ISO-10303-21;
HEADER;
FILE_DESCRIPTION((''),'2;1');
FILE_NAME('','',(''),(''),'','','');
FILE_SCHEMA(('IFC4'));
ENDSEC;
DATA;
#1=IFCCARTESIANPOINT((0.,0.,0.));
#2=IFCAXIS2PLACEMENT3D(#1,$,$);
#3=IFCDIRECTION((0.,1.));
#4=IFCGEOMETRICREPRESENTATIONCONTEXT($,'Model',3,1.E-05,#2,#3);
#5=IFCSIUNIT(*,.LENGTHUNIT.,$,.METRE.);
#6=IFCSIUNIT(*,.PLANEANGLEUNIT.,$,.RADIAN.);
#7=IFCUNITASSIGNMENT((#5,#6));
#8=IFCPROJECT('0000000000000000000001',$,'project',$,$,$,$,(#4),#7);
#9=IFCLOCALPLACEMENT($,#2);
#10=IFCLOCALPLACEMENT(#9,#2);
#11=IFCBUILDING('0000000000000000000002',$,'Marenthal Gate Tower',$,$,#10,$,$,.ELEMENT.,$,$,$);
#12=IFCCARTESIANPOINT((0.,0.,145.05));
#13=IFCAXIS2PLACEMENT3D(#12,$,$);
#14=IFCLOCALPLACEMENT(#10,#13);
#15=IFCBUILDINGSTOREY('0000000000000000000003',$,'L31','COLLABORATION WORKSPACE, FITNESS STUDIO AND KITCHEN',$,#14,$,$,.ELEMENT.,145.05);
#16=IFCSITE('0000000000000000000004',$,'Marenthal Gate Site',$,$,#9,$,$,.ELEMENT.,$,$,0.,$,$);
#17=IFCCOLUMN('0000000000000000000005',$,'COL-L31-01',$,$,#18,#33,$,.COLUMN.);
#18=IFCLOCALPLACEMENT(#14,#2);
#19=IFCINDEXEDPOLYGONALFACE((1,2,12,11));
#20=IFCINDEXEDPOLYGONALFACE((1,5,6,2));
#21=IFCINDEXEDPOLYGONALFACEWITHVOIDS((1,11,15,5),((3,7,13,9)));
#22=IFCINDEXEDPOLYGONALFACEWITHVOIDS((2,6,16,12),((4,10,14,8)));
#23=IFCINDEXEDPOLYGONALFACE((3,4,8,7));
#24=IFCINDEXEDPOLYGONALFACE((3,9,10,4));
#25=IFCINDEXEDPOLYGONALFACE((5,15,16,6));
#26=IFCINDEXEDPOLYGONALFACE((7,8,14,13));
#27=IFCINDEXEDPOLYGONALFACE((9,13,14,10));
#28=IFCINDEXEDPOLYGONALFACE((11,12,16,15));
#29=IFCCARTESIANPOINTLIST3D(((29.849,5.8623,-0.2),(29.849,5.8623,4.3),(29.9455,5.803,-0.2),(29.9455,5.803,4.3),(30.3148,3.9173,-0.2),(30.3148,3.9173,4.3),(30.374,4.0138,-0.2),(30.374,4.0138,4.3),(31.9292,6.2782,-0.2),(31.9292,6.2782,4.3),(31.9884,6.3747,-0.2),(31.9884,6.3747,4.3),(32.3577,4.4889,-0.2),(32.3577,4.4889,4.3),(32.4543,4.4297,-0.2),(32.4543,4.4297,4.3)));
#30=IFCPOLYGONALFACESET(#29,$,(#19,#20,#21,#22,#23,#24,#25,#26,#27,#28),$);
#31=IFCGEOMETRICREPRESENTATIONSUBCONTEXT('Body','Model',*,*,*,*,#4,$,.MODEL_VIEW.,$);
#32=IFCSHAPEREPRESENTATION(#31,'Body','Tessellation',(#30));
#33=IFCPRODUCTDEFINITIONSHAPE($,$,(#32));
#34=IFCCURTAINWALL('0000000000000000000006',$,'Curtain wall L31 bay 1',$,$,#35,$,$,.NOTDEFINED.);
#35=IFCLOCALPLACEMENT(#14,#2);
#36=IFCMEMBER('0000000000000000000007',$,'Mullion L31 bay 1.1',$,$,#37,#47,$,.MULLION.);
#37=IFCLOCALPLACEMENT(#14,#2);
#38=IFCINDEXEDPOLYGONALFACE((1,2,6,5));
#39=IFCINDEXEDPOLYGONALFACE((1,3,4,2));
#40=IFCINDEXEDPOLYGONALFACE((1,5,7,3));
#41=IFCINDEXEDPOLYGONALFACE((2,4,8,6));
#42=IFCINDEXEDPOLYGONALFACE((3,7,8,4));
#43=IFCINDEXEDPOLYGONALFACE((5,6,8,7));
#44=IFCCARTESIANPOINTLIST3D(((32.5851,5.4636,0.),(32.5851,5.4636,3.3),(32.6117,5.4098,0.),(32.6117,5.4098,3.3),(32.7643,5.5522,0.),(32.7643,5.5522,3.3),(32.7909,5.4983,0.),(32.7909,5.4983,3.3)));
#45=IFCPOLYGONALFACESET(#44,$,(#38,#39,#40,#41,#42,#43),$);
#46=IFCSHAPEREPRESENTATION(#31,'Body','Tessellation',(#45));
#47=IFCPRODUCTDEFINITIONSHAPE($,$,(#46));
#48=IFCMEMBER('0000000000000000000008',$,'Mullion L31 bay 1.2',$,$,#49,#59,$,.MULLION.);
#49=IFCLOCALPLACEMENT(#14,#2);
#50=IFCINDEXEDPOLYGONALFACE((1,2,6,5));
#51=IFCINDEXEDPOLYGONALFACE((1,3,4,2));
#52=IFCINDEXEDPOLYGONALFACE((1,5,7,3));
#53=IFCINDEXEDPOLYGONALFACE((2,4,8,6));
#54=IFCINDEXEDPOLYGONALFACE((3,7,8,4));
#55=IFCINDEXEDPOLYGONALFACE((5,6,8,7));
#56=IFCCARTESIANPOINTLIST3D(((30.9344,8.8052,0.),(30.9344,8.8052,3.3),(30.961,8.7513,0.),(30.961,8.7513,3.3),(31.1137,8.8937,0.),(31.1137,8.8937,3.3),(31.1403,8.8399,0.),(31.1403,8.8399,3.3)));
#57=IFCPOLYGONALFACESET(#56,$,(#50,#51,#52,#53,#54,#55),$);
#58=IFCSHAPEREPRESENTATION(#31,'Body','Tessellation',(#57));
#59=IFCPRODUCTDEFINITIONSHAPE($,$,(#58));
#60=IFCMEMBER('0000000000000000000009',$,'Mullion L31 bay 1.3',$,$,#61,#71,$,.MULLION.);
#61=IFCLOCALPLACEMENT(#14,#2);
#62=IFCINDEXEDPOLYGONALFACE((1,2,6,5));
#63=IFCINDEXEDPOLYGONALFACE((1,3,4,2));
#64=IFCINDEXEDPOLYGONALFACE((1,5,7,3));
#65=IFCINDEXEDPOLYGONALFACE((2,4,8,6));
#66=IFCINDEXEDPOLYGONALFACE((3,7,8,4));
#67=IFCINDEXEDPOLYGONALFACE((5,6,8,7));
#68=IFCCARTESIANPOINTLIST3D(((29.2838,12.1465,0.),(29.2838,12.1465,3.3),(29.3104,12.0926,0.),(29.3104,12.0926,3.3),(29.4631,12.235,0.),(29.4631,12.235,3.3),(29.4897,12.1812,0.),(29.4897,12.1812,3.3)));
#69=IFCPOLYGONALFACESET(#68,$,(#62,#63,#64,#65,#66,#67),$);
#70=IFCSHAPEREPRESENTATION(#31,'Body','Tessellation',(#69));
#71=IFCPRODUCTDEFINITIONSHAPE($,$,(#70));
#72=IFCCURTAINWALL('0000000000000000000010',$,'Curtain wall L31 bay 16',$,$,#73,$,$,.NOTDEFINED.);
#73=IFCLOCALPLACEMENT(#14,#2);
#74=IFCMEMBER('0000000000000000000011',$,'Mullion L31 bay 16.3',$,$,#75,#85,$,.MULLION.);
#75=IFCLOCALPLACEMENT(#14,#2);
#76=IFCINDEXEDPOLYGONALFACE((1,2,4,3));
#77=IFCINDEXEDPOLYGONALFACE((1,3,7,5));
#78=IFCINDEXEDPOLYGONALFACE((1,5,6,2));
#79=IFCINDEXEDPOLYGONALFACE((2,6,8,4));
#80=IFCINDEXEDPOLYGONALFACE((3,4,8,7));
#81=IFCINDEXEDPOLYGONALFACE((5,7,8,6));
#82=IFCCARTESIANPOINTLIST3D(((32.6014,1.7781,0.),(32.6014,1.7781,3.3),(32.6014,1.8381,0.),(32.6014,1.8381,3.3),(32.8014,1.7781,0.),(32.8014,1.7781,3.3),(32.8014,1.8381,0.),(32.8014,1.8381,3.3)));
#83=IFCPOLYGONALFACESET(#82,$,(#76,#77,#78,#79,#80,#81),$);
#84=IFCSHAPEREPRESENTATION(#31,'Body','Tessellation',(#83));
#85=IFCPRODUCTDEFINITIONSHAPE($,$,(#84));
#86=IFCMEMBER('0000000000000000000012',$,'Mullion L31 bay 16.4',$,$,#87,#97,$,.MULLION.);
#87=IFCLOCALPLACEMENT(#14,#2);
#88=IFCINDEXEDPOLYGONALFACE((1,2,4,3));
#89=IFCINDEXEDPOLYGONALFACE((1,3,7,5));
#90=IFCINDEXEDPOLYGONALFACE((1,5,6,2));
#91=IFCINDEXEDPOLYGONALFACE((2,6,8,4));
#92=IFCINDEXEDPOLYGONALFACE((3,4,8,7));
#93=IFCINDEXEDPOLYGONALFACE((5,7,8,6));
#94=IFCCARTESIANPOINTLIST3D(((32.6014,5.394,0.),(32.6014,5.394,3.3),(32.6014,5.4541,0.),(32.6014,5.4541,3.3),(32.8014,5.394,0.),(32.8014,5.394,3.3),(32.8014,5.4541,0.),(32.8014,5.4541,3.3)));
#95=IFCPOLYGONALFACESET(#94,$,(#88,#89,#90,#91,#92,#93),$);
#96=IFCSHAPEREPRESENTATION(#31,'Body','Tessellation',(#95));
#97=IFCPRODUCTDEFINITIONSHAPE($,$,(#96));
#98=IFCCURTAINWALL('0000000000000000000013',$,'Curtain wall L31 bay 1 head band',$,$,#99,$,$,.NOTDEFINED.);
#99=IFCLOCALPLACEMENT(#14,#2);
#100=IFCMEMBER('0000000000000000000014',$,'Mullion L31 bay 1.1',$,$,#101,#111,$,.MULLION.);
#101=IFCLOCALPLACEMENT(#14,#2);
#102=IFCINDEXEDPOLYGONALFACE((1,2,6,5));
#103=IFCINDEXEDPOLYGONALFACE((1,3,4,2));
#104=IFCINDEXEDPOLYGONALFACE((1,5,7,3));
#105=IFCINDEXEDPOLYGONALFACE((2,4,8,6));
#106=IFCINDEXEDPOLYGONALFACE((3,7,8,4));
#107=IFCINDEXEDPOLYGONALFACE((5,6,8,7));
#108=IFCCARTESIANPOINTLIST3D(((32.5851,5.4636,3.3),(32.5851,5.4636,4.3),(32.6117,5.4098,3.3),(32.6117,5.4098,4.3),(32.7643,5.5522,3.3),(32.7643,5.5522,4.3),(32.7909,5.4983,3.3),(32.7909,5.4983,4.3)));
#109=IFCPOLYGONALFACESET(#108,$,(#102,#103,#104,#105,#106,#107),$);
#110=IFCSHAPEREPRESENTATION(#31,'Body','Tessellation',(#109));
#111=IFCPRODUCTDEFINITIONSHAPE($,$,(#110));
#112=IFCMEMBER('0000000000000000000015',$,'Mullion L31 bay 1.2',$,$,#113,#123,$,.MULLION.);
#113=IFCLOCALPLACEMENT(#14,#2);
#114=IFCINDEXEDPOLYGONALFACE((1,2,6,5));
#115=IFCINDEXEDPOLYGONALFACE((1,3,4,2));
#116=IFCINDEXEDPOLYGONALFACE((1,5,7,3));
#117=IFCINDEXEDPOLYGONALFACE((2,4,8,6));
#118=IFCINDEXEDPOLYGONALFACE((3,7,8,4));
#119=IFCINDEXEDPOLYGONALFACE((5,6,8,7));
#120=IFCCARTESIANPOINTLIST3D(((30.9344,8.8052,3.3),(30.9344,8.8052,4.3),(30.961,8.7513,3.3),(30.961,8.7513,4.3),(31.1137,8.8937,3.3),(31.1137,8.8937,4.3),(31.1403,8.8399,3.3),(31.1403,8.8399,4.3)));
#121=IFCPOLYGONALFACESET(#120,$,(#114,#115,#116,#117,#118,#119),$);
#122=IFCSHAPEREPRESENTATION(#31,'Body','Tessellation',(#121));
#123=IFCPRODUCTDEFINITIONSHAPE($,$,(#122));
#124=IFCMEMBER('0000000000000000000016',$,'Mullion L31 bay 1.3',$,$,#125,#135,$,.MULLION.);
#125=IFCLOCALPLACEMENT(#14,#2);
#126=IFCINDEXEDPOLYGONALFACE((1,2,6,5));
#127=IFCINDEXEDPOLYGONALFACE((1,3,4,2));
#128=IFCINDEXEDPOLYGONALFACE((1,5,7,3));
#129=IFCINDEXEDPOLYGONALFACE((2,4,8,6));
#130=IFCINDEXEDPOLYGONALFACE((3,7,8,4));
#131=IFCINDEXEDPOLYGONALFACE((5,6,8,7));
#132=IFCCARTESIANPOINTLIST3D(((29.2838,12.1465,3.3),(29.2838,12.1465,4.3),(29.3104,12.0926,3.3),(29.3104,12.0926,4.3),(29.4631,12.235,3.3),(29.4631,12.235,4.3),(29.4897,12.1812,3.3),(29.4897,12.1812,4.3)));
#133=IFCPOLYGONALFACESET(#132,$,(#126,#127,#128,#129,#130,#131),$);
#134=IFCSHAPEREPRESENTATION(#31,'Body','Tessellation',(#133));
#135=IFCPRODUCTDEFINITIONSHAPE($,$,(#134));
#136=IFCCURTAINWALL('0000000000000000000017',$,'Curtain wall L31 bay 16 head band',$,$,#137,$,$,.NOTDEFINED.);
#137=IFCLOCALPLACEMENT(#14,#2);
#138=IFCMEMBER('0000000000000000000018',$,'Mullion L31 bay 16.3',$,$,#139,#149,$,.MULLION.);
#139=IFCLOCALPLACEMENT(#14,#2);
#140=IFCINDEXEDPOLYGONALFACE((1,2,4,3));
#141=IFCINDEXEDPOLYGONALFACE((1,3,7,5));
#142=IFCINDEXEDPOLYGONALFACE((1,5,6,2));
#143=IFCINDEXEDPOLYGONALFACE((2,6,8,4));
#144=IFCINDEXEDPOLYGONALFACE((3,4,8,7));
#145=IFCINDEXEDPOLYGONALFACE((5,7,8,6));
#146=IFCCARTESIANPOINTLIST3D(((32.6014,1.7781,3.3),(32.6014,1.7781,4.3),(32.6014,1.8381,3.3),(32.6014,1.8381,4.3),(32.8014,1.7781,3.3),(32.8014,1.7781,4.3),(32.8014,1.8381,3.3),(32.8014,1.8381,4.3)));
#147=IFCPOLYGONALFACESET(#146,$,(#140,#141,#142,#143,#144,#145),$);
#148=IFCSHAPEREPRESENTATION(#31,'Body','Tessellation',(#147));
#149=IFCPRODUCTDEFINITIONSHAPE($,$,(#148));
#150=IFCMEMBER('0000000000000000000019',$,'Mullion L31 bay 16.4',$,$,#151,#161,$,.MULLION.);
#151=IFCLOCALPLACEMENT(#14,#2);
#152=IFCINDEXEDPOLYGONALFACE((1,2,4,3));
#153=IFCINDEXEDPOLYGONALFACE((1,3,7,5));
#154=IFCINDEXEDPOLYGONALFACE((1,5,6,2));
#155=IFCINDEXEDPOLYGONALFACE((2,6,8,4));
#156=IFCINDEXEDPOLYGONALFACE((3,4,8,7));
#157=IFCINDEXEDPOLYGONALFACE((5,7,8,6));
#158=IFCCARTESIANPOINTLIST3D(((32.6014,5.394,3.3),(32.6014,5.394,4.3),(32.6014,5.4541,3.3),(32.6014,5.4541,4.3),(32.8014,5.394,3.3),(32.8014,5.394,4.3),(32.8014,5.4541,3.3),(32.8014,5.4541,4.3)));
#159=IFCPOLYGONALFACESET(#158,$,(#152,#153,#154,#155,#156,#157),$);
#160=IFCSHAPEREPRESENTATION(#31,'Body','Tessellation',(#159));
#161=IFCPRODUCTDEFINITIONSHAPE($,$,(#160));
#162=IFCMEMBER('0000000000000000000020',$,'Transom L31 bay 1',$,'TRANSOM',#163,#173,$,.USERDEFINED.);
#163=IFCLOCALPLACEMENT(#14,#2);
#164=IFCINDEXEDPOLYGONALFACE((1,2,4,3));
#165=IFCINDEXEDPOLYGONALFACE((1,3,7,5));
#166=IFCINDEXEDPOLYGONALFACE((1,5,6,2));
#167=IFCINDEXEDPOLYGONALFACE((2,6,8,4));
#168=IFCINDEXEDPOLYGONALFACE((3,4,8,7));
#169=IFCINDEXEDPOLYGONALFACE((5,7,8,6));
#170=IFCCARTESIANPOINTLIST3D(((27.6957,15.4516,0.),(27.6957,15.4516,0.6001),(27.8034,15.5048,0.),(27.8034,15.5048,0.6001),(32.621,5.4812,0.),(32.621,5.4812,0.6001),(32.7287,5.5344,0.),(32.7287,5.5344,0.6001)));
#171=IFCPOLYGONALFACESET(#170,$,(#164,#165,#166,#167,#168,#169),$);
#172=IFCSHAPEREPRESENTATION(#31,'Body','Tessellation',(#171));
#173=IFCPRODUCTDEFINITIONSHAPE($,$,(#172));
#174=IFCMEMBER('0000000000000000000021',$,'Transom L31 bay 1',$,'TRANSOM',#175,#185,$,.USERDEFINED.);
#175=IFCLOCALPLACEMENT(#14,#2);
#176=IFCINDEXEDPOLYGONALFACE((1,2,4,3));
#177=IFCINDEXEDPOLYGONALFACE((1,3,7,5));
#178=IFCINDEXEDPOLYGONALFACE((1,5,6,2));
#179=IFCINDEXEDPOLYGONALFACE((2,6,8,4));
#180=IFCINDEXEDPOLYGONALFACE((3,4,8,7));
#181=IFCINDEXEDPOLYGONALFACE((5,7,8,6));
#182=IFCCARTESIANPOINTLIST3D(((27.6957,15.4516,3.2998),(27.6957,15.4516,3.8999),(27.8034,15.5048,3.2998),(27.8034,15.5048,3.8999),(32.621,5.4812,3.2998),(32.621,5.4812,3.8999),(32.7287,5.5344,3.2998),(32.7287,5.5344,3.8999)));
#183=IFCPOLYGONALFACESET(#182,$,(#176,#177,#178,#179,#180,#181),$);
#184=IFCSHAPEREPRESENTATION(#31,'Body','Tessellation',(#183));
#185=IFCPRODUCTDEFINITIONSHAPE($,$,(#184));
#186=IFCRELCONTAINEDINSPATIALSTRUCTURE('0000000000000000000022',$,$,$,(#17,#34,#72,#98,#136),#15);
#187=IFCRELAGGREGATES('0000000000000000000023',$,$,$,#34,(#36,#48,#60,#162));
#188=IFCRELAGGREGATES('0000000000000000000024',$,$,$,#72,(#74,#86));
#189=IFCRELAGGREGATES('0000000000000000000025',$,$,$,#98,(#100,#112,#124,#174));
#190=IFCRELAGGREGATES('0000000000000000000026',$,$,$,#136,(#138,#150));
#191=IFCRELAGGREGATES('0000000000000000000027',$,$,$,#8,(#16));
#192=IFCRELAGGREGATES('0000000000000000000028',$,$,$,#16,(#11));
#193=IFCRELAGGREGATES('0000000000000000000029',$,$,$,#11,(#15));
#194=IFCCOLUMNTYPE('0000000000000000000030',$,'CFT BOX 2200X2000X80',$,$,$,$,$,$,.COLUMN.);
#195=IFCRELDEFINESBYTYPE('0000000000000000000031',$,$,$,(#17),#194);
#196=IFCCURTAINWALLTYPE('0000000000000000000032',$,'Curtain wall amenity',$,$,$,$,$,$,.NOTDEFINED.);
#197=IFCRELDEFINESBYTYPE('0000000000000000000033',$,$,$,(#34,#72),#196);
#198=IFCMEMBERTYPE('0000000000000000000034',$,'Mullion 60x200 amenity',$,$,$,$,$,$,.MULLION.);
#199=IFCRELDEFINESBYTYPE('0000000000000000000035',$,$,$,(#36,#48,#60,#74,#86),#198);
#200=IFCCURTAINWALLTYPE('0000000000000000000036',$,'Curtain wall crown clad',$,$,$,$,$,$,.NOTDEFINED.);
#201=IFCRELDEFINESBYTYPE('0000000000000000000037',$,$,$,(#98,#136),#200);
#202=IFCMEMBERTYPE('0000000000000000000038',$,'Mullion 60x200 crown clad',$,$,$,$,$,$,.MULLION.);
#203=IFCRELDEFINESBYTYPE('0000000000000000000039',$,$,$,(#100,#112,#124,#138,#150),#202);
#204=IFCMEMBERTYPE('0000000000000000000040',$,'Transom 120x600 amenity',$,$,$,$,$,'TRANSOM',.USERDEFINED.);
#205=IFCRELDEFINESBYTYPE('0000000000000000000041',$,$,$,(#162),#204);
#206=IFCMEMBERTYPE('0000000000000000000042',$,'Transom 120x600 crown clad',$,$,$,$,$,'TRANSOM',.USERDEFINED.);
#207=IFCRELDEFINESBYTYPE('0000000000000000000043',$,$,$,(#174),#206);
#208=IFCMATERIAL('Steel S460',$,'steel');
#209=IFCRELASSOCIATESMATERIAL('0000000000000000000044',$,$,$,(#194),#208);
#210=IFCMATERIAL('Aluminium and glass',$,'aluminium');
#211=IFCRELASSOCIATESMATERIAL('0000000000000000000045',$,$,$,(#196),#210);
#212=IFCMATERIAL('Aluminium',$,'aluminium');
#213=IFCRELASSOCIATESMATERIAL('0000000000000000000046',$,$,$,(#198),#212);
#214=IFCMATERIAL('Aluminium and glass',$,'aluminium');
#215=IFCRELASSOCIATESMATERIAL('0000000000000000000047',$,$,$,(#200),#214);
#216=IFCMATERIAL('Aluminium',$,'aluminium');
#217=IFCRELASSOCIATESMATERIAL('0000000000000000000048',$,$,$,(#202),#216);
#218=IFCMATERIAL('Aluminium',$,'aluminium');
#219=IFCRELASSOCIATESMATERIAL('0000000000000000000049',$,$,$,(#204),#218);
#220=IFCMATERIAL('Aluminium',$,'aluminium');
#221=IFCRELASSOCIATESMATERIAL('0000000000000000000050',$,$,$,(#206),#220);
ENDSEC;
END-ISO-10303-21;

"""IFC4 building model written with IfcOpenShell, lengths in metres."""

from ifc_helpers import new_model, si_unit, direction, frame, origin, origin_2d, place, context, subcontext, project, spatial, rectangle, hollow_rectangle, extrude, material, material_profile, profile_set, type_object, element, aggregate, save


model = new_model("IFC4")

# Units and contexts
model_context = context("Model", 3, precision=1e-05, world=origin(), true_north=direction((0.0, 1.0)))
body_context = subcontext(model_context, "Body", "Model", "MODEL_VIEW")
ifc_project = project(units=[si_unit("LENGTHUNIT", "METRE"), si_unit("PLANEANGLEUNIT", "RADIAN")], contexts=[model_context])

# Site, building, storey
site_placement = place(None, origin())
site = spatial("IfcSite", under=ifc_project, at=site_placement, Name="Marenthal Gate Site", CompositionType="ELEMENT", RefElevation=0.0)
building_placement = place(site_placement, origin())
building = spatial("IfcBuilding", under=site, at=building_placement, Name="Marenthal Gate Tower", CompositionType="ELEMENT")
storey_placement = place(building_placement, frame((0.0, 0.0, 145.05)))
storey = spatial("IfcBuildingStorey", under=building, at=storey_placement, Name="L31", Description="COLLABORATION WORKSPACE, FITNESS STUDIO AND KITCHEN", CompositionType="ELEMENT", Elevation=145.05)

# Column
ifc_material_1 = material(Name="Steel S460", Category="steel")
ifc_material_profile_1 = material_profile(ifc_material_1, hollow_rectangle(XDim=2.0, YDim=2.2, WallThickness=0.0801, at=origin_2d()), Name="CFT BOX 2200X2000X80")
ifc_material_2 = material(Name="Concrete 70 MPa", Category="concrete")
ifc_material_profile_2 = material_profile(ifc_material_2, rectangle(XDim=1.8401, YDim=2.04, at=origin_2d()), Name="CFT BOX 2200X2000X80 INFILL")
ifc_profile_set_1 = profile_set([ifc_material_profile_1, ifc_material_profile_2], Name="Steel S460 shell, Concrete 70 MPa infill")
column_type = type_object("IfcColumnType", Name="CFT BOX 2200X2000X80", PredefinedType="COLUMN", material=ifc_profile_set_1)
column_placement = place(storey_placement, frame((31.1516, 5.146, -0.2), z_axis=(0.0, 0.0, 1.0), x_axis=(0.232933, -0.972493, 0.0)))
element("IfcColumn", 1, at=column_placement, inside=storey, type_object=column_type, Name="COL-L31-01", PredefinedType="COLUMN", context=body_context, shape_type="SweptSolid", body=[
    extrude(hollow_rectangle(XDim=2.0, YDim=2.2, WallThickness=0.0801, at=origin_2d()), origin(), (0.0, 0.0, 1.0), 4.5),
])

# Curtain walls, members
ifc_material_3 = material(Name="Aluminium and glass", Category="aluminium")
curtain_wall_type_1 = type_object("IfcCurtainWallType", Name="Curtain wall amenity", PredefinedType="NOTDEFINED", material=ifc_material_3)
curtain_wall_1_placement = place(storey_placement, origin())
curtain_wall_1 = element("IfcCurtainWall", 2, at=curtain_wall_1_placement, inside=storey, type_object=curtain_wall_type_1, Name="Curtain wall L31 bay 1", PredefinedType="NOTDEFINED")
ifc_material_4 = material(Name="Aluminium", Category="aluminium")
ifc_material_profile_3 = material_profile(ifc_material_4, rectangle(XDim=0.2, YDim=0.0601, at=origin_2d()), Name="60x200 aluminium mullion")
ifc_profile_set_2 = profile_set([ifc_material_profile_3], Name="Aluminium")
member_type_1 = type_object("IfcMemberType", Name="Mullion 60x200 amenity", PredefinedType="MULLION", material=ifc_profile_set_2)
member_1_placement = place(storey_placement, frame((32.688, 5.481, 0.0), z_axis=(0.0, 0.0, 1.0), x_axis=(-0.896573, -0.442895, 0.0)))
member_1 = element("IfcMember", 3, at=member_1_placement, type_object=member_type_1, Name="Mullion L31 bay 1.1", PredefinedType="MULLION", context=body_context, shape_type="SweptSolid", body=[
    extrude(rectangle(XDim=0.2, YDim=0.0601, at=origin_2d()), origin(), (0.0, 0.0, 1.0), 3.3),
])
member_2_placement = place(storey_placement, frame((31.0374, 8.8225, 0.0), z_axis=(0.0, 0.0, 1.0), x_axis=(-0.896573, -0.442895, 0.0)))
member_2 = element("IfcMember", 4, at=member_2_placement, type_object=member_type_1, Name="Mullion L31 bay 1.2", PredefinedType="MULLION", context=body_context, shape_type="SweptSolid", body=[
    extrude(rectangle(XDim=0.2, YDim=0.0601, at=origin_2d()), origin(), (0.0, 0.0, 1.0), 3.3),
])
member_3_placement = place(storey_placement, frame((29.3867, 12.1638, 0.0), z_axis=(0.0, 0.0, 1.0), x_axis=(-0.896573, -0.442895, 0.0)))
member_3 = element("IfcMember", 5, at=member_3_placement, type_object=member_type_1, Name="Mullion L31 bay 1.3", PredefinedType="MULLION", context=body_context, shape_type="SweptSolid", body=[
    extrude(rectangle(XDim=0.2, YDim=0.0601, at=origin_2d()), origin(), (0.0, 0.0, 1.0), 3.3),
])
curtain_wall_2_placement = place(storey_placement, origin())
curtain_wall_2 = element("IfcCurtainWall", 6, at=curtain_wall_2_placement, inside=storey, type_object=curtain_wall_type_1, Name="Curtain wall L31 bay 16", PredefinedType="NOTDEFINED")
member_4_placement = place(storey_placement, frame((32.7014, 1.8081, 0.0), z_axis=(0.0, 0.0, 1.0), x_axis=(-1.0, 0.0, 0.0)))
member_4 = element("IfcMember", 7, at=member_4_placement, type_object=member_type_1, Name="Mullion L31 bay 16.3", PredefinedType="MULLION", context=body_context, shape_type="SweptSolid", body=[
    extrude(rectangle(XDim=0.2, YDim=0.0601, at=origin_2d()), origin(), (0.0, 0.0, 1.0), 3.3),
])
member_5_placement = place(storey_placement, frame((32.7014, 5.4241, 0.0), z_axis=(0.0, 0.0, 1.0), x_axis=(-1.0, 0.0, 0.0)))
member_5 = element("IfcMember", 8, at=member_5_placement, type_object=member_type_1, Name="Mullion L31 bay 16.4", PredefinedType="MULLION", context=body_context, shape_type="SweptSolid", body=[
    extrude(rectangle(XDim=0.2, YDim=0.0601, at=origin_2d()), origin(), (0.0, 0.0, 1.0), 3.3),
])
ifc_material_5 = material(Name="Aluminium and glass", Category="aluminium")
curtain_wall_type_2 = type_object("IfcCurtainWallType", Name="Curtain wall crown clad", PredefinedType="NOTDEFINED", material=ifc_material_5)
curtain_wall_3_placement = place(storey_placement, origin())
curtain_wall_3 = element("IfcCurtainWall", 9, at=curtain_wall_3_placement, inside=storey, type_object=curtain_wall_type_2, Name="Curtain wall L31 bay 1 head band", PredefinedType="NOTDEFINED")
ifc_material_6 = material(Name="Aluminium", Category="aluminium")
ifc_material_profile_4 = material_profile(ifc_material_6, rectangle(XDim=0.2, YDim=0.0601, at=origin_2d()), Name="60x200 aluminium mullion")
ifc_profile_set_3 = profile_set([ifc_material_profile_4], Name="Aluminium")
member_type_2 = type_object("IfcMemberType", Name="Mullion 60x200 crown clad", PredefinedType="MULLION", material=ifc_profile_set_3)
member_6_placement = place(storey_placement, frame((32.688, 5.481, 3.3), z_axis=(0.0, 0.0, 1.0), x_axis=(-0.896573, -0.442895, 0.0)))
member_6 = element("IfcMember", 10, at=member_6_placement, type_object=member_type_2, Name="Mullion L31 bay 1.1", PredefinedType="MULLION", context=body_context, shape_type="SweptSolid", body=[
    extrude(rectangle(XDim=0.2, YDim=0.0601, at=origin_2d()), origin(), (0.0, 0.0, 1.0), 1.0),
])
member_7_placement = place(storey_placement, frame((31.0374, 8.8225, 3.3), z_axis=(0.0, 0.0, 1.0), x_axis=(-0.896573, -0.442895, 0.0)))
member_7 = element("IfcMember", 11, at=member_7_placement, type_object=member_type_2, Name="Mullion L31 bay 1.2", PredefinedType="MULLION", context=body_context, shape_type="SweptSolid", body=[
    extrude(rectangle(XDim=0.2, YDim=0.0601, at=origin_2d()), origin(), (0.0, 0.0, 1.0), 1.0),
])
member_8_placement = place(storey_placement, frame((29.3867, 12.1638, 3.3), z_axis=(0.0, 0.0, 1.0), x_axis=(-0.896573, -0.442895, 0.0)))
member_8 = element("IfcMember", 12, at=member_8_placement, type_object=member_type_2, Name="Mullion L31 bay 1.3", PredefinedType="MULLION", context=body_context, shape_type="SweptSolid", body=[
    extrude(rectangle(XDim=0.2, YDim=0.0601, at=origin_2d()), origin(), (0.0, 0.0, 1.0), 1.0),
])
curtain_wall_4_placement = place(storey_placement, origin())
curtain_wall_4 = element("IfcCurtainWall", 13, at=curtain_wall_4_placement, inside=storey, type_object=curtain_wall_type_2, Name="Curtain wall L31 bay 16 head band", PredefinedType="NOTDEFINED")
member_9_placement = place(storey_placement, frame((32.7014, 1.8081, 3.3), z_axis=(0.0, 0.0, 1.0), x_axis=(-1.0, 0.0, 0.0)))
member_9 = element("IfcMember", 14, at=member_9_placement, type_object=member_type_2, Name="Mullion L31 bay 16.3", PredefinedType="MULLION", context=body_context, shape_type="SweptSolid", body=[
    extrude(rectangle(XDim=0.2, YDim=0.0601, at=origin_2d()), origin(), (0.0, 0.0, 1.0), 1.0),
])
member_10_placement = place(storey_placement, frame((32.7014, 5.4241, 3.3), z_axis=(0.0, 0.0, 1.0), x_axis=(-1.0, 0.0, 0.0)))
member_10 = element("IfcMember", 15, at=member_10_placement, type_object=member_type_2, Name="Mullion L31 bay 16.4", PredefinedType="MULLION", context=body_context, shape_type="SweptSolid", body=[
    extrude(rectangle(XDim=0.2, YDim=0.0601, at=origin_2d()), origin(), (0.0, 0.0, 1.0), 1.0),
])

# Members
ifc_material_7 = material(Name="Aluminium", Category="aluminium")
ifc_material_profile_5 = material_profile(ifc_material_7, rectangle(XDim=0.1201, YDim=0.6001, at=origin_2d()), Name="120x600 aluminium transom")
ifc_profile_set_4 = profile_set([ifc_material_profile_5], Name="Aluminium")
member_type_3 = type_object("IfcMemberType", Name="Transom 120x600 amenity", ElementType="TRANSOM", PredefinedType="USERDEFINED", material=ifc_profile_set_4)
member_11_placement = place(storey_placement, frame((32.6748, 5.5078, 0.3), z_axis=(-0.442897, 0.896573, 0.0), x_axis=(-0.896573, -0.442897, 0.0)))
member_11 = element("IfcMember", 16, at=member_11_placement, type_object=member_type_3, Name="Transom L31 bay 1", ObjectType="TRANSOM", PredefinedType="USERDEFINED", context=body_context, shape_type="SweptSolid", body=[
    extrude(rectangle(XDim=0.1201, YDim=0.6001, at=origin_2d()), origin(), (0.0, 0.0, 1.0), 11.1206),
])
ifc_material_8 = material(Name="Aluminium", Category="aluminium")
ifc_material_profile_6 = material_profile(ifc_material_8, rectangle(XDim=0.1201, YDim=0.6001, at=origin_2d()), Name="120x600 aluminium transom")
ifc_profile_set_5 = profile_set([ifc_material_profile_6], Name="Aluminium")
member_type_4 = type_object("IfcMemberType", Name="Transom 120x600 crown clad", ElementType="TRANSOM", PredefinedType="USERDEFINED", material=ifc_profile_set_5)
member_12_placement = place(storey_placement, frame((32.6748, 5.5078, 3.5999), z_axis=(-0.442897, 0.896573, 0.0), x_axis=(-0.896573, -0.442897, 0.0)))
member_12 = element("IfcMember", 17, at=member_12_placement, type_object=member_type_4, Name="Transom L31 bay 1", ObjectType="TRANSOM", PredefinedType="USERDEFINED", context=body_context, shape_type="SweptSolid", body=[
    extrude(rectangle(XDim=0.1201, YDim=0.6001, at=origin_2d()), origin(), (0.0, 0.0, 1.0), 11.1206),
])

aggregate(curtain_wall_1, [member_1, member_2, member_3, member_11])
aggregate(curtain_wall_2, [member_4, member_5])
aggregate(curtain_wall_3, [member_6, member_7, member_8, member_12])
aggregate(curtain_wall_4, [member_9, member_10])

save(model, "model.ifc")
